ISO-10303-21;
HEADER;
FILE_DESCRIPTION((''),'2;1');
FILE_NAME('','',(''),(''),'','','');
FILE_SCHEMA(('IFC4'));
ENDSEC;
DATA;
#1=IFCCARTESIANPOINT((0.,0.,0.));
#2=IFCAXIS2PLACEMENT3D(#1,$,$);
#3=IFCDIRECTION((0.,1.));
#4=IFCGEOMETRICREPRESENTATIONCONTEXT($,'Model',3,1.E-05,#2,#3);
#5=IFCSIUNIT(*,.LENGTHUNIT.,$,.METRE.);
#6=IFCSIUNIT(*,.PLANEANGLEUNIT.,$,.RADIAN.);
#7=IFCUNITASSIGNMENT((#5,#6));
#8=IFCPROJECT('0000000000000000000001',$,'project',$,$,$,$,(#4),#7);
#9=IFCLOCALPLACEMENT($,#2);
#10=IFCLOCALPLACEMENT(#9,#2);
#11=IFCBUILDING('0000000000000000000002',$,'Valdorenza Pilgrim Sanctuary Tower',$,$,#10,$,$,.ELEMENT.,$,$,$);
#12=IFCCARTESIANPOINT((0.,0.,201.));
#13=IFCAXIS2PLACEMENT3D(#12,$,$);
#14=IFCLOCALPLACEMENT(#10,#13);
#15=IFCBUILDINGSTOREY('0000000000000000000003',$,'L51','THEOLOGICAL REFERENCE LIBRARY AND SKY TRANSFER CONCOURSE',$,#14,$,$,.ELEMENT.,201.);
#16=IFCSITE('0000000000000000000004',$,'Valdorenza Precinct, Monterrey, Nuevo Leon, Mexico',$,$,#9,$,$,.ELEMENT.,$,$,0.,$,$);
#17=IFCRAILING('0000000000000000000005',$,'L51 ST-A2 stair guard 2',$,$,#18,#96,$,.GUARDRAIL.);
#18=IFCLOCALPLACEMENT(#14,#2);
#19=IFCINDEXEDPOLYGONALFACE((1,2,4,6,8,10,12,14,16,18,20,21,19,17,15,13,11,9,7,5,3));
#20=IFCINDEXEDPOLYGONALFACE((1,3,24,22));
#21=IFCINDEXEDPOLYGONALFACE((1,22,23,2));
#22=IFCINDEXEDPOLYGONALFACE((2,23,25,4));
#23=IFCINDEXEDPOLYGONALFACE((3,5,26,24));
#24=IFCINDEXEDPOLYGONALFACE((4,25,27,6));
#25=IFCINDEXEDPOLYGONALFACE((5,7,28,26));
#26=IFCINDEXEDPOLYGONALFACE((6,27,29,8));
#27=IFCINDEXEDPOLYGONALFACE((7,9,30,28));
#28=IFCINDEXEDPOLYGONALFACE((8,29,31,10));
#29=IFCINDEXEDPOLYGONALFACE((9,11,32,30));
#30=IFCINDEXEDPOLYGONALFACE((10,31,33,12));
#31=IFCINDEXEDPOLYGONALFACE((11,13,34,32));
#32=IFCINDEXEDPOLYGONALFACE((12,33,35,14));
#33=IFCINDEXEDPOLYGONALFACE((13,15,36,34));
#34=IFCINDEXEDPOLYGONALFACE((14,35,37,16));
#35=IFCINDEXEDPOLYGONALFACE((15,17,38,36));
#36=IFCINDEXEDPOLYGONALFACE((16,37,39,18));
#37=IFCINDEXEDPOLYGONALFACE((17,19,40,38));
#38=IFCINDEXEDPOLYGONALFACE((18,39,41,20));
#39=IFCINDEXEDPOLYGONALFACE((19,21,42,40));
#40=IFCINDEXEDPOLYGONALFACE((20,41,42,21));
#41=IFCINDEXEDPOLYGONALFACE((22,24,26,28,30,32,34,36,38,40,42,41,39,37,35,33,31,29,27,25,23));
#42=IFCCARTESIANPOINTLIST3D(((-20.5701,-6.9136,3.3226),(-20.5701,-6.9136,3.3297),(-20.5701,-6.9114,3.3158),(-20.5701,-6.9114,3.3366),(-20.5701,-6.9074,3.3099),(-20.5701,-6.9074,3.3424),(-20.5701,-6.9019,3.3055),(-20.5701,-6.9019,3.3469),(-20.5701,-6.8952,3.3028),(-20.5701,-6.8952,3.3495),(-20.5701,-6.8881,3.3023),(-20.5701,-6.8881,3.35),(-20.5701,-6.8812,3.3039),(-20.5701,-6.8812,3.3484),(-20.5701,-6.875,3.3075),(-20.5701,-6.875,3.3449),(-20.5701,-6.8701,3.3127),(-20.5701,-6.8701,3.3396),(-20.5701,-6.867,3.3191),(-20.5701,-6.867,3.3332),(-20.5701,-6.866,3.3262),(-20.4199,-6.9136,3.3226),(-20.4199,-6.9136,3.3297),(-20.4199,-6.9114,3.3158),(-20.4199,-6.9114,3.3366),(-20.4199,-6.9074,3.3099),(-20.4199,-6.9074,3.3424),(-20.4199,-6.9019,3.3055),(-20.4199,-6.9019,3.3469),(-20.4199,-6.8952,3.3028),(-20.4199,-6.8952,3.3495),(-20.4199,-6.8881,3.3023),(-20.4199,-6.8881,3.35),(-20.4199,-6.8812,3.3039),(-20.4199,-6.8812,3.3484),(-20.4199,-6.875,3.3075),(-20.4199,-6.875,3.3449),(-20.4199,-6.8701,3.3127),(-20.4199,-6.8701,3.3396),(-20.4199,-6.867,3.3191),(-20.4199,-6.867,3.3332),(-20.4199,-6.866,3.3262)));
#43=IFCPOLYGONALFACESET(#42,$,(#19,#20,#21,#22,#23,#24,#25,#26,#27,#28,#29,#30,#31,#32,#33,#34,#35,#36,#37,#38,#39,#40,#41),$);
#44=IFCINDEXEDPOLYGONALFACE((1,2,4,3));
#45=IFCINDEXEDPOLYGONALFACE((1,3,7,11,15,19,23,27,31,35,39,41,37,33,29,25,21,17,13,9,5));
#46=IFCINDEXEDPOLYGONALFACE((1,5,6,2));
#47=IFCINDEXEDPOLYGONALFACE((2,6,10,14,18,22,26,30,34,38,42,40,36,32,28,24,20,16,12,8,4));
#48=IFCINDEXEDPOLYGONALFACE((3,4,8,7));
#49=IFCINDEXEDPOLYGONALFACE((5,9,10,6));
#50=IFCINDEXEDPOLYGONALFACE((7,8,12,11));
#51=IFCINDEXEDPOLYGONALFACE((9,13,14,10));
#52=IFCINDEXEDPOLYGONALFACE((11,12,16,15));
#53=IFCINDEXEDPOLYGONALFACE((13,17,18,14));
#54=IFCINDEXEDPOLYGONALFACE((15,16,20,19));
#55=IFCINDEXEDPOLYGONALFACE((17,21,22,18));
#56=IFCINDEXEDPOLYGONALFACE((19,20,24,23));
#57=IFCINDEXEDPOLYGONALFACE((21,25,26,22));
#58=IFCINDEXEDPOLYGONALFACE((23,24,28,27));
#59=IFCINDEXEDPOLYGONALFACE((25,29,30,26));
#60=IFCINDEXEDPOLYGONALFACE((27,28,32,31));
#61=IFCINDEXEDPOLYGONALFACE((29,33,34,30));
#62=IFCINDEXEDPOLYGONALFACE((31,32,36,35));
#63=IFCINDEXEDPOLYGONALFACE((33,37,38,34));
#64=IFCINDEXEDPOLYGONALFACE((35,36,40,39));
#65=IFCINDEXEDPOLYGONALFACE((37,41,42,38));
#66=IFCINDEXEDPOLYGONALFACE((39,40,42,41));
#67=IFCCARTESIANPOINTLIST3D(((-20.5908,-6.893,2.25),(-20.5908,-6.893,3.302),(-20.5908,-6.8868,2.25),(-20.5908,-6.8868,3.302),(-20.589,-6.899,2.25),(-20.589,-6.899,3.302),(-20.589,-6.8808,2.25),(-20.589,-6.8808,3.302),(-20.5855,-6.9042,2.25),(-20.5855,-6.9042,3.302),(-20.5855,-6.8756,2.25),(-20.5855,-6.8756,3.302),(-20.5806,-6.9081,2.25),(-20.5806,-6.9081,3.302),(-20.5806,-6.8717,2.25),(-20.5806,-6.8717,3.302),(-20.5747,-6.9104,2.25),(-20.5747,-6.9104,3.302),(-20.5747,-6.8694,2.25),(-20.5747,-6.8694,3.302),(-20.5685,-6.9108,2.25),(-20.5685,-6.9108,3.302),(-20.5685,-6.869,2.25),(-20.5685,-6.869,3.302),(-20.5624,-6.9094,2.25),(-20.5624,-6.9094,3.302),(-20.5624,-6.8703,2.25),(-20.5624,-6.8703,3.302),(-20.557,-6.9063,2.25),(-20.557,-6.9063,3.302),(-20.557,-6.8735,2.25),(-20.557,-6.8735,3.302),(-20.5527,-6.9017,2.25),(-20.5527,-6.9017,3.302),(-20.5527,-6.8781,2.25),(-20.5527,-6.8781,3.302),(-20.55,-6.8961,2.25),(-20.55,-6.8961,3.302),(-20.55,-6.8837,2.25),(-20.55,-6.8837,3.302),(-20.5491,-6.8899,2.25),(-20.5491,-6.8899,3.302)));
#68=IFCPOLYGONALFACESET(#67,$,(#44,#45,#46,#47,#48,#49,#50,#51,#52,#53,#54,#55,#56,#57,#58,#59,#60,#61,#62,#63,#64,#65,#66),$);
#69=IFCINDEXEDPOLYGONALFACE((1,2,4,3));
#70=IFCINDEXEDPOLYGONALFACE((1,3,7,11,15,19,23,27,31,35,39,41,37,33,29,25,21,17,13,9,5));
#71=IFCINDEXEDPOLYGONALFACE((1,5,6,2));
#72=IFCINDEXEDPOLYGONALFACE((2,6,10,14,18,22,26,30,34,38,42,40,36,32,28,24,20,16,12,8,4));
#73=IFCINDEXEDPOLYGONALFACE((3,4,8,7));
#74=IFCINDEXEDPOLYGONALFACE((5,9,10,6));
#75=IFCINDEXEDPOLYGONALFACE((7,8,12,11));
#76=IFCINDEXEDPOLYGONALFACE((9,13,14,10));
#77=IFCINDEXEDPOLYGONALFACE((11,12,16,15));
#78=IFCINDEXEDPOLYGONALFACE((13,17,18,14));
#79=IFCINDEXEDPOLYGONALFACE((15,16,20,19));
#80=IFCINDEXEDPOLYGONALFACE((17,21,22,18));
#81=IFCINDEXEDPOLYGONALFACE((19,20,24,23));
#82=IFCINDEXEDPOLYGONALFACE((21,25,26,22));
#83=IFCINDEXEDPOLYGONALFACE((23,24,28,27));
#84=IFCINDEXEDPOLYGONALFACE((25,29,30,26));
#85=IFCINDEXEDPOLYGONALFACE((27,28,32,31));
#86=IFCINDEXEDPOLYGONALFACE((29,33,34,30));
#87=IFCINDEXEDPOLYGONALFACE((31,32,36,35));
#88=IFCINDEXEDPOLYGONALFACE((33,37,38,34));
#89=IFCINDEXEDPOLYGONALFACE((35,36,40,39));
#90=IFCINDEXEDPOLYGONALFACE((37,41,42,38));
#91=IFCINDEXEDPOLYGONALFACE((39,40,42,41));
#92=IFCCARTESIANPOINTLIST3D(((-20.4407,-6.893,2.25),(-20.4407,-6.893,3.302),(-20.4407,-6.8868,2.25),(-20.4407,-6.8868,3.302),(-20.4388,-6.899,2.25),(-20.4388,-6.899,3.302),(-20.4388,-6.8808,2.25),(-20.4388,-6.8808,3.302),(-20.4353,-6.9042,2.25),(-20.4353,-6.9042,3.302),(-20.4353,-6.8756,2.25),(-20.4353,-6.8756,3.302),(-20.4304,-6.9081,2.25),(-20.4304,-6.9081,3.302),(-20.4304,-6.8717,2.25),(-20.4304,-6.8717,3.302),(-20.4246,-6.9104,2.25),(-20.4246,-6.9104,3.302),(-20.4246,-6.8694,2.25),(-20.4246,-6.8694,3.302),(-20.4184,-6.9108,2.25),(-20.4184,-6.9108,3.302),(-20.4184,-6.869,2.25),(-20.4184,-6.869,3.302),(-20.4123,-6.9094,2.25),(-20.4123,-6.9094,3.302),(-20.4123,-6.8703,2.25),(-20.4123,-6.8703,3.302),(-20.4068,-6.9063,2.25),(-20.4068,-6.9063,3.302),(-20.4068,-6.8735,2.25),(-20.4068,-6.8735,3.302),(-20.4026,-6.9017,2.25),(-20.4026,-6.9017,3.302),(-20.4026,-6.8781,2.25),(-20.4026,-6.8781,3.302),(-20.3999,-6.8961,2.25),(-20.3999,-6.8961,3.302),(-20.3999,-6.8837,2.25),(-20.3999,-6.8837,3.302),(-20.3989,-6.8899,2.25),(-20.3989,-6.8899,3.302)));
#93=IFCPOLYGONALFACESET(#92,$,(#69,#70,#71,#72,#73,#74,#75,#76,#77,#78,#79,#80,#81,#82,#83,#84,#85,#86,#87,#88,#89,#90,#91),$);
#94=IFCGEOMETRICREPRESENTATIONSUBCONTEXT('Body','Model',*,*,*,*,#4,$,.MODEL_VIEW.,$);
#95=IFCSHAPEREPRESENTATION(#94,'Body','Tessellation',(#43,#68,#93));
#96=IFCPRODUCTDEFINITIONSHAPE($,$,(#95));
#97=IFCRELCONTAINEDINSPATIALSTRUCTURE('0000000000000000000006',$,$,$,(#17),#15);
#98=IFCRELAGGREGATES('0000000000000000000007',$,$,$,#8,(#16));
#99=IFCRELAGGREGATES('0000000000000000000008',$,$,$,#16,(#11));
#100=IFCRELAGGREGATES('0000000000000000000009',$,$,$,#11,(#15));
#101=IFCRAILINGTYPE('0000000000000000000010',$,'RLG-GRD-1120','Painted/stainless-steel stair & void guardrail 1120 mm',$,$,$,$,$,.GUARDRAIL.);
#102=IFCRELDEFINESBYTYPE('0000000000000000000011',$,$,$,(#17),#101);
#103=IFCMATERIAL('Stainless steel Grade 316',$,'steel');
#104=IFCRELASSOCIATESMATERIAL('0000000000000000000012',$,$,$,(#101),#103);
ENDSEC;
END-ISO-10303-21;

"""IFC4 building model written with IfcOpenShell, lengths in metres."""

from ifc_helpers import new_model, si_unit, direction, frame, origin, origin_2d, place, context, subcontext, project, spatial, circle, extrude, material, type_object, element, save


model = new_model("IFC4")

# Units and contexts
model_context = context("Model", 3, precision=1e-05, world=origin(), true_north=direction((0.0, 1.0)))
body_context = subcontext(model_context, "Body", "Model", "MODEL_VIEW")
ifc_project = project(units=[si_unit("LENGTHUNIT", "METRE"), si_unit("PLANEANGLEUNIT", "RADIAN")], contexts=[model_context])

# Site, building, storey
site_placement = place(None, origin())
site = spatial("IfcSite", under=ifc_project, at=site_placement, Name="Valdorenza Precinct, Monterrey, Nuevo Leon, Mexico", CompositionType="ELEMENT", RefElevation=0.0)
building_placement = place(site_placement, origin())
building = spatial("IfcBuilding", under=site, at=building_placement, Name="Valdorenza Pilgrim Sanctuary Tower", CompositionType="ELEMENT")
storey_placement = place(building_placement, frame((0.0, 0.0, 201.0)))
storey = spatial("IfcBuildingStorey", under=building, at=storey_placement, Name="L51", Description="THEOLOGICAL REFERENCE LIBRARY AND SKY TRANSFER CONCOURSE", CompositionType="ELEMENT", Elevation=201.0)

# Railing
ifc_material_1 = material(Name="Stainless steel Grade 316", Category="steel")
railing_type_1 = type_object("IfcRailingType", Name="RLG-GRD-1120", Description="Painted/stainless-steel stair & void guardrail 1120 mm", PredefinedType="GUARDRAIL", material=ifc_material_1)
railing_1_placement = place(storey_placement, frame((-20.5701, -6.8899, 2.25)))
element("IfcRailing", 1, at=railing_1_placement, inside=storey, type_object=railing_type_1, Name="L51 ST-A2 stair guard 2", PredefinedType="GUARDRAIL", context=body_context, shape_type="SweptSolid", body=[
    extrude(circle(Radius=0.0239, at=origin_2d()), frame((0.0, 0.0, 1.0762), z_axis=(1.0, 0.0, 0.0), x_axis=(0.0, 1.0, 0.0)), (0.0, 0.0, 1.0), 0.1501),
    extrude(circle(Radius=0.021, at=origin_2d()), origin(), (0.0, 0.0, 1.0), 1.052),
    extrude(circle(Radius=0.021, at=origin_2d()), frame((0.1501, 0.0, 0.0)), (0.0, 0.0, 1.0), 1.052),
])

save(model, "model.ifc")
